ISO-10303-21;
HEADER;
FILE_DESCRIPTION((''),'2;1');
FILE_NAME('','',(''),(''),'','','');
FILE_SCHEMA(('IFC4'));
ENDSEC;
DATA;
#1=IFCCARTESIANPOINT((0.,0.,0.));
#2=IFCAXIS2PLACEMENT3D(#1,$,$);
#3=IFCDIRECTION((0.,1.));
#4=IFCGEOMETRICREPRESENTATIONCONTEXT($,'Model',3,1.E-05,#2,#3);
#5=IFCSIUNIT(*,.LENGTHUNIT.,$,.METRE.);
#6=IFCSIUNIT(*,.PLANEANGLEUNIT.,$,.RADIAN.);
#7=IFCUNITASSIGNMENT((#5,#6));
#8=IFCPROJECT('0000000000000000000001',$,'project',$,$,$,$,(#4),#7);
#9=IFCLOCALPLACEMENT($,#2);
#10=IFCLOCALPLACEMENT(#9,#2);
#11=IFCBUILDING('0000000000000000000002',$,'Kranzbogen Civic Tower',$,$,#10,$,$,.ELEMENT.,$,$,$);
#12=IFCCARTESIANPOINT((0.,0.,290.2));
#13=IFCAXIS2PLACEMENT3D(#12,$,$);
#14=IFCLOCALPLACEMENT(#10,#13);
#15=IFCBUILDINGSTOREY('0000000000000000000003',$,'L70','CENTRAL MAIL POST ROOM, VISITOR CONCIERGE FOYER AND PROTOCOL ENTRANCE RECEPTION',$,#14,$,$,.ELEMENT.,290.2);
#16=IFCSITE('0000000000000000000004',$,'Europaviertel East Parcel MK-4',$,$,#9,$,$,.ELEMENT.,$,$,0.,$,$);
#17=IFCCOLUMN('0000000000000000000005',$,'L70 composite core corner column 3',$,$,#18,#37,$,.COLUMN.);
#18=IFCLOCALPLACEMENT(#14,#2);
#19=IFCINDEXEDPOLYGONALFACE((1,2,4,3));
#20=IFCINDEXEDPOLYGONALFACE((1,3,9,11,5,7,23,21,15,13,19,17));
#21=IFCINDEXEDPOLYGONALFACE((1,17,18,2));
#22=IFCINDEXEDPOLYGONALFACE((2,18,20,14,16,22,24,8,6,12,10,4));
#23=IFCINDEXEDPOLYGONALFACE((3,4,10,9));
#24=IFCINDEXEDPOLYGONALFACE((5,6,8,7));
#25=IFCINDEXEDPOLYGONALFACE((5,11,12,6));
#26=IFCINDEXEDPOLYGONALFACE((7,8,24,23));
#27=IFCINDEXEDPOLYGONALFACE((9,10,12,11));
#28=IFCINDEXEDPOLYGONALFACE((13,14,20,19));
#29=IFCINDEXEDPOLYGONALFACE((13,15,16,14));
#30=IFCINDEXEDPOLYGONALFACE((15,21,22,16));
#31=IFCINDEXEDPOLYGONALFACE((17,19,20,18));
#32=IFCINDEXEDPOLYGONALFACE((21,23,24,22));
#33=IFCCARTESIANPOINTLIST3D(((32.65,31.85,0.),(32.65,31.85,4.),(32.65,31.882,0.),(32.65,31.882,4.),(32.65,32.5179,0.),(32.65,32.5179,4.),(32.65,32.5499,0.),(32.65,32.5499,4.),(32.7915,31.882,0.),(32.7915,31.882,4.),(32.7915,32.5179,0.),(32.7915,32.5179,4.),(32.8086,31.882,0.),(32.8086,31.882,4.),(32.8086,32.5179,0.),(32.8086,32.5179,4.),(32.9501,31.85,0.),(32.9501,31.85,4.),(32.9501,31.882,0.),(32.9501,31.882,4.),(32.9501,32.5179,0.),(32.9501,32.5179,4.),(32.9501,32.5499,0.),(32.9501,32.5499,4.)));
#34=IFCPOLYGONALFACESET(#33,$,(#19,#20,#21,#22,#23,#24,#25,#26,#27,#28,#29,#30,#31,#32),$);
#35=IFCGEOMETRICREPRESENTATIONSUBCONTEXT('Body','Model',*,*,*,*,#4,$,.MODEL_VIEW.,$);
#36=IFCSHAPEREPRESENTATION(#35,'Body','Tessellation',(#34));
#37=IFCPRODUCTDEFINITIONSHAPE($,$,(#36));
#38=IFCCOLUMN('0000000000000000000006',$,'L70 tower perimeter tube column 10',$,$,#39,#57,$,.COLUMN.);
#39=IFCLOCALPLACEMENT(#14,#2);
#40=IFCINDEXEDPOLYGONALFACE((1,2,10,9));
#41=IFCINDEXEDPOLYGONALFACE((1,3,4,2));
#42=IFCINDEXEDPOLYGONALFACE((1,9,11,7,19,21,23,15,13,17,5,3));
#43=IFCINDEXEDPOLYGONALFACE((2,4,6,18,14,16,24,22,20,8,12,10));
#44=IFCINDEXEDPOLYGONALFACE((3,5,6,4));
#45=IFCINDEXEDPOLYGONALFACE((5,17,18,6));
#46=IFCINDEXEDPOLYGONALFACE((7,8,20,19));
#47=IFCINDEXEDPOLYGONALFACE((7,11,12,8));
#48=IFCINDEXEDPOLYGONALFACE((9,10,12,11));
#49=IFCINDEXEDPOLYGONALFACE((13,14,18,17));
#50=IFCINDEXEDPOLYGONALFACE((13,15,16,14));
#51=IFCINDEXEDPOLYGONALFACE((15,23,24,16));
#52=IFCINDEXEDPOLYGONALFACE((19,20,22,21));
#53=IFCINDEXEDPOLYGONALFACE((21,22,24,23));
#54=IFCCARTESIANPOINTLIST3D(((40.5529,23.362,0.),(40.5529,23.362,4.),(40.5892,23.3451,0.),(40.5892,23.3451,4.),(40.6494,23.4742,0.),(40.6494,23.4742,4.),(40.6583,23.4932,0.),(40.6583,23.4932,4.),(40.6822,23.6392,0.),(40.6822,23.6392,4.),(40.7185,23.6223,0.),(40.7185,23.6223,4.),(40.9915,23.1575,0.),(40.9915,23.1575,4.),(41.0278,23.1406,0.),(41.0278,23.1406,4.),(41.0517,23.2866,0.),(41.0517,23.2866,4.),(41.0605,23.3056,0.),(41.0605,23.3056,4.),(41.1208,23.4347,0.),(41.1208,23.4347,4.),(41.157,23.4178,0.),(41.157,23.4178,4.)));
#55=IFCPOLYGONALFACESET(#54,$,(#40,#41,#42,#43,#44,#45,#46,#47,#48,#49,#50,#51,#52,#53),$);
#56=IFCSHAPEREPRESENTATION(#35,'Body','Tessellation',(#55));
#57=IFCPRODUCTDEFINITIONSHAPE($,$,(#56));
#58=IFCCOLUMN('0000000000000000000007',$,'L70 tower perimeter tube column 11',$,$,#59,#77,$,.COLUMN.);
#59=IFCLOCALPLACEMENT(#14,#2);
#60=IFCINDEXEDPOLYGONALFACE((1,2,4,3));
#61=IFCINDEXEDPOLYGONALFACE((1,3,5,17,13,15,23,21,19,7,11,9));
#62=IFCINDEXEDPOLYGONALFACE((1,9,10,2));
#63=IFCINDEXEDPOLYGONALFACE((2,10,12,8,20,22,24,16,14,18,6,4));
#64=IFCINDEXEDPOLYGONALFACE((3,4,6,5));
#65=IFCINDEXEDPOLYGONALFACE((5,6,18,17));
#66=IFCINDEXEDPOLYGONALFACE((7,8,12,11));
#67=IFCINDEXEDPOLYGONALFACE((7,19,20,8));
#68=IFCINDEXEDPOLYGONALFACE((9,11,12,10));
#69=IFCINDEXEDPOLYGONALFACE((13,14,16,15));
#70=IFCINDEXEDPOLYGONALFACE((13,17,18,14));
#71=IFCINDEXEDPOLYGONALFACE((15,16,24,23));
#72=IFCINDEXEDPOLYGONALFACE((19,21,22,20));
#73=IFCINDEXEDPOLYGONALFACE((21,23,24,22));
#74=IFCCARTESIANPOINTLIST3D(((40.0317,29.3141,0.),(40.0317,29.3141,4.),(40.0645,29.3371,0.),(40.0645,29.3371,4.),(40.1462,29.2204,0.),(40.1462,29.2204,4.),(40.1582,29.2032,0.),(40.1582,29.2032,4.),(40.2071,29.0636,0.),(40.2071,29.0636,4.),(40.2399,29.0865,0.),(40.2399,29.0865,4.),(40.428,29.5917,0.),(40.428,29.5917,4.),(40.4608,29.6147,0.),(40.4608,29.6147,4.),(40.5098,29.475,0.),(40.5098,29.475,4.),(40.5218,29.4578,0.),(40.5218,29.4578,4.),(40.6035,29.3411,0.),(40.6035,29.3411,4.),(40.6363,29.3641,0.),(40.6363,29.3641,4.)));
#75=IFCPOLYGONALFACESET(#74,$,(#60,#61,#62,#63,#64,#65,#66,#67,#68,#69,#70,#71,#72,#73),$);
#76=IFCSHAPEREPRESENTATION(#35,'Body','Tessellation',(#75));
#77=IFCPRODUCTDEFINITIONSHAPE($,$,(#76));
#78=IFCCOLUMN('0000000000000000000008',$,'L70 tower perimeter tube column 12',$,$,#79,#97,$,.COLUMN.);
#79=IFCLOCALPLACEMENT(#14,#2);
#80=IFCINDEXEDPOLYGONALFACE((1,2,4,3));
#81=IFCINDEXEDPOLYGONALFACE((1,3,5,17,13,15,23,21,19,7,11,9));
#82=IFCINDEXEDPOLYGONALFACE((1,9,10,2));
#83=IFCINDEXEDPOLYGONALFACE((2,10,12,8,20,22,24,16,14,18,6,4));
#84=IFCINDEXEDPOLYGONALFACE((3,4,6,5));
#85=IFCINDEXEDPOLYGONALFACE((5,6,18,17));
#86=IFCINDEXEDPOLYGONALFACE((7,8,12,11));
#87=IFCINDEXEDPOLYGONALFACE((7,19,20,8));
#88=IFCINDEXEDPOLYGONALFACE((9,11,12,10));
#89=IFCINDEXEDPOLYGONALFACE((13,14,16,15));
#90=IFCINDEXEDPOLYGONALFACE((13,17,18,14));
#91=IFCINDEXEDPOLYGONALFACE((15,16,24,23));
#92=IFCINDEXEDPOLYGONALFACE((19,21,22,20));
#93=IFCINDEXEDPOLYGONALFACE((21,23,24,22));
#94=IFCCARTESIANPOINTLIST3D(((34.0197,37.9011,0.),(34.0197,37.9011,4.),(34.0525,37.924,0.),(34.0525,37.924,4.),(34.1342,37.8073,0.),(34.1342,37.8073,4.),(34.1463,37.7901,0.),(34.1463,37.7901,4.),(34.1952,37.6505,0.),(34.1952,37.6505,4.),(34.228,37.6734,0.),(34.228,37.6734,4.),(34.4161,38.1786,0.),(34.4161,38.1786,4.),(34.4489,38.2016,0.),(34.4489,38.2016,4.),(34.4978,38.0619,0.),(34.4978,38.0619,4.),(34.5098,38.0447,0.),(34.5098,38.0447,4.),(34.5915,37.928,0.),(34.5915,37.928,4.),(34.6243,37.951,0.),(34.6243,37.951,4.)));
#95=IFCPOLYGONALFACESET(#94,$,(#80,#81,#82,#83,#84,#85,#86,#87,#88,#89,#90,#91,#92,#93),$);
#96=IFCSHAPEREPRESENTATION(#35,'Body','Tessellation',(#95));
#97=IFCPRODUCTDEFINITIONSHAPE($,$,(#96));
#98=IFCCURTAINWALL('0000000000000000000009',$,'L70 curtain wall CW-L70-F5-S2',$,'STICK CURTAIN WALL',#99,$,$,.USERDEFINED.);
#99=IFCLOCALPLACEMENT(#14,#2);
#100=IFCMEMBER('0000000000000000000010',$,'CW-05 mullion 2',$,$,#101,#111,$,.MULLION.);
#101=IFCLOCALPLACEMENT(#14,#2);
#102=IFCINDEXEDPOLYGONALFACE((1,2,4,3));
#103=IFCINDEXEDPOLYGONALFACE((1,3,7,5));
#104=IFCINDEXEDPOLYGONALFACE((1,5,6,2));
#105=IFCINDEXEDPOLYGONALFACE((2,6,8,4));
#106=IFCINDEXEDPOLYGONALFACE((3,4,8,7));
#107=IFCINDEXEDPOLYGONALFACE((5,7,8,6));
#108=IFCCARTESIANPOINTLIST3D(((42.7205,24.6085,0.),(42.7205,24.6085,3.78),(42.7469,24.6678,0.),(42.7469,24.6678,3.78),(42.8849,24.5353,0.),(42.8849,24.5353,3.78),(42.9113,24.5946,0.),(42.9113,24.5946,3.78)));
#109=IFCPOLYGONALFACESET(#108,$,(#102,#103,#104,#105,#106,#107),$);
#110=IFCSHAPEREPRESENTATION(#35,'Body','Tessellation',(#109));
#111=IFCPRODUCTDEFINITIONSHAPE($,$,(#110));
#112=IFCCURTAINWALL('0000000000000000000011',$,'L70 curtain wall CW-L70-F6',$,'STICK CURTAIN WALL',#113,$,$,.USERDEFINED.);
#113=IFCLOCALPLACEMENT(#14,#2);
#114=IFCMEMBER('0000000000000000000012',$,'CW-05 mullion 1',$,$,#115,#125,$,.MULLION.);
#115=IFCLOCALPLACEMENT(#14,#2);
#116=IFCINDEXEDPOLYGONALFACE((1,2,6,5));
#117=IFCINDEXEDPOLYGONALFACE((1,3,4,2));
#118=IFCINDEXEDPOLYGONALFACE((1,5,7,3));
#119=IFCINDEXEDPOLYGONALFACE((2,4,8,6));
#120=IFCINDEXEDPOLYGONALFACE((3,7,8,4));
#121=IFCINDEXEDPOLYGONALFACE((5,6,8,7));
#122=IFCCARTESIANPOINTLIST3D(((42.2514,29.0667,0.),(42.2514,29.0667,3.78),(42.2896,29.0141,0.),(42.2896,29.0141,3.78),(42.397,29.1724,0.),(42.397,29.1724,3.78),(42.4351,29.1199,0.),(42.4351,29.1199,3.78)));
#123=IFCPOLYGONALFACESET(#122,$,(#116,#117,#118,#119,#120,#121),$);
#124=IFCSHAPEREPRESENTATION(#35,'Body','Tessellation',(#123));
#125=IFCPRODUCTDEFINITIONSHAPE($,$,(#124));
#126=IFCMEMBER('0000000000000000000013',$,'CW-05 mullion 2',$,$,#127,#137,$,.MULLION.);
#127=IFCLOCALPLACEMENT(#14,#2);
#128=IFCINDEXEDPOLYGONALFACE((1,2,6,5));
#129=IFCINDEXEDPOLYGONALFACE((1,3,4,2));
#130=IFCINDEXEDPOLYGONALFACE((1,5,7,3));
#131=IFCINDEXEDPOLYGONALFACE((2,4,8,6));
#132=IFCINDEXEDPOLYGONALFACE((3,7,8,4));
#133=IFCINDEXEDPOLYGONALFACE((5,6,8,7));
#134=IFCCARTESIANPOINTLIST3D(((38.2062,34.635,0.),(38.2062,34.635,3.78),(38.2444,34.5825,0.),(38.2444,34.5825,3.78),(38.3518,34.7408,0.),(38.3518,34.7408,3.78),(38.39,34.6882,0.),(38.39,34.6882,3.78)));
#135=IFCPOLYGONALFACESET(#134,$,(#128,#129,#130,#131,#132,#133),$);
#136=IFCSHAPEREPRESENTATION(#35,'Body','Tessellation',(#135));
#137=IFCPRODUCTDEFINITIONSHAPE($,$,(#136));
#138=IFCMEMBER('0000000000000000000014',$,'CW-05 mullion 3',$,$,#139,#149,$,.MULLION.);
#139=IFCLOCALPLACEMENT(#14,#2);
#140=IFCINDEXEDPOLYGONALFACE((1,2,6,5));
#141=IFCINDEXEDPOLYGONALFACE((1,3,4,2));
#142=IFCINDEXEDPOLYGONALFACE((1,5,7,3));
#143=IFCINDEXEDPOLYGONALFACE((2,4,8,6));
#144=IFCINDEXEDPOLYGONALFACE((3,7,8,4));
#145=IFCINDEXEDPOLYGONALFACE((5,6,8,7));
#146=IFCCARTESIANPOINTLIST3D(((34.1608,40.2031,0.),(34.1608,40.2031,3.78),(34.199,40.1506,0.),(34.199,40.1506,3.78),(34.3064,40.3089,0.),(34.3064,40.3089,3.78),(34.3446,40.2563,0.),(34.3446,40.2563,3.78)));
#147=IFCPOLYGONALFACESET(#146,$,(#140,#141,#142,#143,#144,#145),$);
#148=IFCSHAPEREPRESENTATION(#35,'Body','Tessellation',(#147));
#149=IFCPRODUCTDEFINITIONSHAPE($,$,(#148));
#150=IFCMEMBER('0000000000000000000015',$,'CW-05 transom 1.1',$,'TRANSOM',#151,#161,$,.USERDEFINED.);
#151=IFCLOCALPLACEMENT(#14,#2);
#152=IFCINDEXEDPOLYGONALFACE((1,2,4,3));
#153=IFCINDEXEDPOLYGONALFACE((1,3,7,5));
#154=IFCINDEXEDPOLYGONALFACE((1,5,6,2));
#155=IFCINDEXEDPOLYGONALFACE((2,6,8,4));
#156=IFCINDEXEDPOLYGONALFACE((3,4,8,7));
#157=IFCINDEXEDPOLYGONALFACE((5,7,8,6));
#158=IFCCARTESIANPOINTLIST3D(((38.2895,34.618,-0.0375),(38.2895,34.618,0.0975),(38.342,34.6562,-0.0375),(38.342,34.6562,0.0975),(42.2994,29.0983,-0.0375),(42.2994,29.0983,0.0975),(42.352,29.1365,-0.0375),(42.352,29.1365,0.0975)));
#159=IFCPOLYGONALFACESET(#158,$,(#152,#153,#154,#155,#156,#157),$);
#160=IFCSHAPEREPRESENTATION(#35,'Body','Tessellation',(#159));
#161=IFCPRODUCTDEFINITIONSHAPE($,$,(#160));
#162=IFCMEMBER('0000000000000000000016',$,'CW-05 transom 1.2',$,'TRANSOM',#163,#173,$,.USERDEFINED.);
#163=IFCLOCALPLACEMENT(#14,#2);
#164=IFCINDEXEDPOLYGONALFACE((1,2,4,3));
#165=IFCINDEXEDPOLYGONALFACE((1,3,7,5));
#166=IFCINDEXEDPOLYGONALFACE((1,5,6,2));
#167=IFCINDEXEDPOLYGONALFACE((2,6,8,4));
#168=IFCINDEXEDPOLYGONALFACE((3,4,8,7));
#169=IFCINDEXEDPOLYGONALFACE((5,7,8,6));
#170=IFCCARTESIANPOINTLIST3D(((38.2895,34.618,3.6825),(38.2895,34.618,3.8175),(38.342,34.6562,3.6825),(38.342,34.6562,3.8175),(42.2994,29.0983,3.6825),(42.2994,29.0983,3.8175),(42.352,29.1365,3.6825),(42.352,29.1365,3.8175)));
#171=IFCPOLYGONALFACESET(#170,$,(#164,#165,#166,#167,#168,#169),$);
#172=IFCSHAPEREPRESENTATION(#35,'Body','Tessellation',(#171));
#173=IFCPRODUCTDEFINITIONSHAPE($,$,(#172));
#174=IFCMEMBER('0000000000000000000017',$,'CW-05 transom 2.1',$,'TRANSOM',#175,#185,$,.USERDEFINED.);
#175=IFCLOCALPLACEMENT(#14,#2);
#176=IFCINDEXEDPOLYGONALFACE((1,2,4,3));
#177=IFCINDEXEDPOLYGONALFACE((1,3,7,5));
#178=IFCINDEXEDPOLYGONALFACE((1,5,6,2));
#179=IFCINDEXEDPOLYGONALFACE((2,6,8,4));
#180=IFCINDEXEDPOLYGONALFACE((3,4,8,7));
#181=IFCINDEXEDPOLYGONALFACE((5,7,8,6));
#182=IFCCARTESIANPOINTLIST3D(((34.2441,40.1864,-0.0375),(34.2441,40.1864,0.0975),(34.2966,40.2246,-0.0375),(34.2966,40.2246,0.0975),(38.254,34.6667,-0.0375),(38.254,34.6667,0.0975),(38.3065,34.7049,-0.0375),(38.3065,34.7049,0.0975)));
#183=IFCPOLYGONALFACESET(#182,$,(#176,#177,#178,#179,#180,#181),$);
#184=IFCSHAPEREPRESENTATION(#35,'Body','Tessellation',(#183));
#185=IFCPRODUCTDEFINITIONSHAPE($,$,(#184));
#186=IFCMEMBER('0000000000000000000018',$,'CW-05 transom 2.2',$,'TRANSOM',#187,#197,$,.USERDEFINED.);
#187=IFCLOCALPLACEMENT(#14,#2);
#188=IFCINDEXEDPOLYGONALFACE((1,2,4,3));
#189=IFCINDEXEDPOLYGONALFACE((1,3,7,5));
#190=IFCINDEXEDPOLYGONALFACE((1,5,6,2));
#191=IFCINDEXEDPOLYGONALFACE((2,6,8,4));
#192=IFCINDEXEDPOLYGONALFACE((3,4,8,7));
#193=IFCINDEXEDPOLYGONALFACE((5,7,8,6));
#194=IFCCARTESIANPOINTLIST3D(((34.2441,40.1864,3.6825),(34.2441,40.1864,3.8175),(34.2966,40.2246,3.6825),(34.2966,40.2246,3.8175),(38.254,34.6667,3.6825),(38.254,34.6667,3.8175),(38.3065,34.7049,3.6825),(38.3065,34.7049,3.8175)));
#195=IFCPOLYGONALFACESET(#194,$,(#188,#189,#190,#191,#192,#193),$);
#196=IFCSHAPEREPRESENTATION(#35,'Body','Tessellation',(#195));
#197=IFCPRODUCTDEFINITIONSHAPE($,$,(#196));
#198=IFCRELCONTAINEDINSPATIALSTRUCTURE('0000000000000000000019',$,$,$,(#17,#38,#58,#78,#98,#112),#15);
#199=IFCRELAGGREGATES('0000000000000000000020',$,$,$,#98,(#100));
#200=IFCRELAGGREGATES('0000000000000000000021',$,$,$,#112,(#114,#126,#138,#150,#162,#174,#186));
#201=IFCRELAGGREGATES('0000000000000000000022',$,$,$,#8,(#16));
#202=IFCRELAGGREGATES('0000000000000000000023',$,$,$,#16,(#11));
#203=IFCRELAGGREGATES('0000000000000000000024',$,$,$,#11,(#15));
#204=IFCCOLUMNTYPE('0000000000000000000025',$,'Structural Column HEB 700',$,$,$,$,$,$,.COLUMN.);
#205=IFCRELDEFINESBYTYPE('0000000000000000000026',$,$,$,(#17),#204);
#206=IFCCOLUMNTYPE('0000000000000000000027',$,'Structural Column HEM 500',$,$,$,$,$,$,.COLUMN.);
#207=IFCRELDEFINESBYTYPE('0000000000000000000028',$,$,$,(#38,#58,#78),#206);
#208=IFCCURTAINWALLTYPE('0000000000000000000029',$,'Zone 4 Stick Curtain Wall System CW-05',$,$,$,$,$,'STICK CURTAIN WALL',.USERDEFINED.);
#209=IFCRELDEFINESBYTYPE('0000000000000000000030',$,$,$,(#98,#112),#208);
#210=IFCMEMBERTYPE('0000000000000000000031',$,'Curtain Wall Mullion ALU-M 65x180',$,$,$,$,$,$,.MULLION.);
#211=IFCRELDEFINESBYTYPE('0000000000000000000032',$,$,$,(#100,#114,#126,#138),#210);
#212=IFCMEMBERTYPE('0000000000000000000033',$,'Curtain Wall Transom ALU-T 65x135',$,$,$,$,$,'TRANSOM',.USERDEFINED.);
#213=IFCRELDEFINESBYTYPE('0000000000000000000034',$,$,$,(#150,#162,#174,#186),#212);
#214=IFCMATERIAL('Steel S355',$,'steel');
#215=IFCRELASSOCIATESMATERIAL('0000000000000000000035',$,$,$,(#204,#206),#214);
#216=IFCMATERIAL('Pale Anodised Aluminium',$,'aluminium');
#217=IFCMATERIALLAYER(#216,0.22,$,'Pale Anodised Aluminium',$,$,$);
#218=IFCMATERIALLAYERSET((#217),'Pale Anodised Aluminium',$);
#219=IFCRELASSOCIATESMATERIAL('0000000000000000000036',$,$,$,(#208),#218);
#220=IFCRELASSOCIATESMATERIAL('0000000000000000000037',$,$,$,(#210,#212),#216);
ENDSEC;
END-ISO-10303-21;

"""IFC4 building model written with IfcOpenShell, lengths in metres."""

from ifc_helpers import new_model, si_unit, direction, frame, origin, origin_2d, place, context, subcontext, project, spatial, rectangle, i_section, extrude, material, layer, layer_set, material_profile, profile_set, type_object, element, aggregate, save


model = new_model("IFC4")

# Units and contexts
model_context = context("Model", 3, precision=1e-05, world=origin(), true_north=direction((0.0, 1.0)))
body_context = subcontext(model_context, "Body", "Model", "MODEL_VIEW")
ifc_project = project(units=[si_unit("LENGTHUNIT", "METRE"), si_unit("PLANEANGLEUNIT", "RADIAN")], contexts=[model_context])

# Site, building, storey
site_placement = place(None, origin())
site = spatial("IfcSite", under=ifc_project, at=site_placement, Name="Europaviertel East Parcel MK-4", CompositionType="ELEMENT", RefElevation=0.0)
building_placement = place(site_placement, origin())
building = spatial("IfcBuilding", under=site, at=building_placement, Name="Kranzbogen Civic Tower", CompositionType="ELEMENT")
storey_placement = place(building_placement, frame((0.0, 0.0, 290.2)))
storey = spatial("IfcBuildingStorey", under=building, at=storey_placement, Name="L70", Description="CENTRAL MAIL POST ROOM, VISITOR CONCIERGE FOYER AND PROTOCOL ENTRANCE RECEPTION", CompositionType="ELEMENT", Elevation=290.2)

# Columns
ifc_material_1 = material(Name="Steel S355", Category="steel")
ifc_material_profile_1 = material_profile(ifc_material_1, i_section(OverallWidth=0.3, OverallDepth=0.7, WebThickness=0.0171, FlangeThickness=0.032, at=origin_2d()), Name="HEB 700")
ifc_profile_set_1 = profile_set([ifc_material_profile_1], Name="Steel S355")
column_type_1 = type_object("IfcColumnType", Name="Structural Column HEB 700", PredefinedType="COLUMN", material=ifc_profile_set_1)
column_placement = place(storey_placement, frame((32.8, 32.2, 0.0), z_axis=(0.0, 0.0, 1.0), x_axis=(1.0, 0.0, 0.0)))
element("IfcColumn", 1, at=column_placement, inside=storey, type_object=column_type_1, Name="L70 composite core corner column 3", PredefinedType="COLUMN", context=body_context, shape_type="SweptSolid", body=[
    extrude(i_section(OverallWidth=0.3, OverallDepth=0.7, WebThickness=0.0171, FlangeThickness=0.032, at=origin_2d()), origin(), (0.0, 0.0, 1.0), 4.0),
])
ifc_material_profile_2 = material_profile(ifc_material_1, i_section(OverallWidth=0.3059, OverallDepth=0.5239, WebThickness=0.021, FlangeThickness=0.04, at=origin_2d()), Name="HEM 500")
ifc_profile_set_2 = profile_set([ifc_material_profile_2], Name="Steel S355")
column_type_2 = type_object("IfcColumnType", Name="Structural Column HEM 500", PredefinedType="COLUMN", material=ifc_profile_set_2)
for number, where, z_axis, x_axis, name in (
    (2, (40.855, 23.3899, 0.0), (0.0, 0.0, 1.0), (0.422618, 0.906308, 0.0), "L70 tower perimeter tube column 10"),
    (3, (40.334, 29.3391, 0.0), (0.0, 0.0, 1.0), (-0.573576, 0.819152, 0.0), "L70 tower perimeter tube column 11"),
    (4, (34.322, 37.926, 0.0), (0.0, 0.0, 1.0), (-0.573576, 0.819152, 0.0), "L70 tower perimeter tube column 12"),
):
    element("IfcColumn", number, at=place(storey_placement, frame(where, z_axis=z_axis, x_axis=x_axis)), inside=storey, type_object=column_type_2, Name=name, PredefinedType="COLUMN", context=body_context, shape_type="SweptSolid", body=[
        extrude(i_section(OverallWidth=0.3059, OverallDepth=0.5239, WebThickness=0.021, FlangeThickness=0.04, at=origin_2d()), origin(), (0.0, 0.0, 1.0), 4.0),
    ])

# Curtain wall, member
ifc_material_2 = material(Name="Pale Anodised Aluminium", Category="aluminium")
ifc_layer_1 = layer(ifc_material_2, 0.22, Name="Pale Anodised Aluminium")
ifc_layer_set_1 = layer_set([ifc_layer_1], Name="Pale Anodised Aluminium")
curtain_wall_type = type_object("IfcCurtainWallType", Name="Zone 4 Stick Curtain Wall System CW-05", ElementType="STICK CURTAIN WALL", PredefinedType="USERDEFINED", material=ifc_layer_set_1)
curtain_wall_1_placement = place(storey_placement, origin())
curtain_wall_1 = element("IfcCurtainWall", 5, at=curtain_wall_1_placement, inside=storey, type_object=curtain_wall_type, Name="L70 curtain wall CW-L70-F5-S2", ObjectType="STICK CURTAIN WALL", PredefinedType="USERDEFINED")
ifc_material_profile_3 = material_profile(ifc_material_2, rectangle(XDim=0.0649, YDim=0.1799, at=origin_2d()), Name="ALU-M 65x180")
ifc_profile_set_3 = profile_set([ifc_material_profile_3], Name="Pale Anodised Aluminium")
member_type_1 = type_object("IfcMemberType", Name="Curtain Wall Mullion ALU-M 65x180", PredefinedType="MULLION", material=ifc_profile_set_3)
member_1_placement = place(storey_placement, frame((42.8159, 24.6016, 0.0), z_axis=(0.0, 0.0, 1.0), x_axis=(0.406707, 0.913559, 0.0)))
member_1 = element("IfcMember", 6, at=member_1_placement, type_object=member_type_1, Name="CW-05 mullion 2", PredefinedType="MULLION", context=body_context, shape_type="SweptSolid", body=[
    extrude(rectangle(XDim=0.0649, YDim=0.1799, at=origin_2d()), origin(), (0.0, 0.0, 1.0), 3.78),
])
aggregate(curtain_wall_1, [member_1])

# Curtain wall, members
curtain_wall_2_placement = place(storey_placement, origin())
curtain_wall_2 = element("IfcCurtainWall", 7, at=curtain_wall_2_placement, inside=storey, type_object=curtain_wall_type, Name="L70 curtain wall CW-L70-F6", ObjectType="STICK CURTAIN WALL", PredefinedType="USERDEFINED")
member_2_placement = place(storey_placement, frame((42.3433, 29.0933, 0.0), z_axis=(0.0, 0.0, 1.0), x_axis=(-0.587767, 0.80903, 0.0)))
member_2 = element("IfcMember", 8, at=member_2_placement, type_object=member_type_1, Name="CW-05 mullion 1", PredefinedType="MULLION", context=body_context, shape_type="SweptSolid", body=[
    extrude(rectangle(XDim=0.0649, YDim=0.1799, at=origin_2d()), origin(), (0.0, 0.0, 1.0), 3.78),
])
member_3_placement = place(storey_placement, frame((38.2981, 34.6616, 0.0), z_axis=(0.0, 0.0, 1.0), x_axis=(-0.587767, 0.80903, 0.0)))
member_3 = element("IfcMember", 9, at=member_3_placement, type_object=member_type_1, Name="CW-05 mullion 2", PredefinedType="MULLION", context=body_context, shape_type="SweptSolid", body=[
    extrude(rectangle(XDim=0.0649, YDim=0.1799, at=origin_2d()), origin(), (0.0, 0.0, 1.0), 3.78),
])
member_4_placement = place(storey_placement, frame((34.2527, 40.2297, 0.0), z_axis=(0.0, 0.0, 1.0), x_axis=(-0.587767, 0.80903, 0.0)))
member_4 = element("IfcMember", 10, at=member_4_placement, type_object=member_type_1, Name="CW-05 mullion 3", PredefinedType="MULLION", context=body_context, shape_type="SweptSolid", body=[
    extrude(rectangle(XDim=0.0649, YDim=0.1799, at=origin_2d()), origin(), (0.0, 0.0, 1.0), 3.78),
])
ifc_material_profile_4 = material_profile(ifc_material_2, rectangle(XDim=0.0649, YDim=0.135, at=origin_2d()), Name="ALU-T 65x135")
ifc_profile_set_4 = profile_set([ifc_material_profile_4], Name="Pale Anodised Aluminium")
member_type_2 = type_object("IfcMemberType", Name="Curtain Wall Transom ALU-T 65x135", ElementType="TRANSOM", PredefinedType="USERDEFINED", material=ifc_profile_set_4)
member_5_placement = place(storey_placement, frame((42.3257, 29.1174, 0.03), z_axis=(-0.587752, 0.809041, 0.0), x_axis=(-0.809041, -0.587752, 0.0)))
member_5 = element("IfcMember", 11, at=member_5_placement, type_object=member_type_2, Name="CW-05 transom 1.1", ObjectType="TRANSOM", PredefinedType="USERDEFINED", context=body_context, shape_type="SweptSolid", body=[
    extrude(rectangle(XDim=0.0649, YDim=0.135, at=origin_2d()), origin(), (0.0, 0.0, 1.0), 6.8225),
])
member_6_placement = place(storey_placement, frame((42.3257, 29.1174, 3.75), z_axis=(-0.587752, 0.809041, 0.0), x_axis=(-0.809041, -0.587752, 0.0)))
member_6 = element("IfcMember", 12, at=member_6_placement, type_object=member_type_2, Name="CW-05 transom 1.2", ObjectType="TRANSOM", PredefinedType="USERDEFINED", context=body_context, shape_type="SweptSolid", body=[
    extrude(rectangle(XDim=0.0649, YDim=0.135, at=origin_2d()), origin(), (0.0, 0.0, 1.0), 6.8225),
])
member_7_placement = place(storey_placement, frame((38.2803, 34.6858, 0.03), z_axis=(-0.587752, 0.809041, 0.0), x_axis=(-0.809041, -0.587752, 0.0)))
member_7 = element("IfcMember", 13, at=member_7_placement, type_object=member_type_2, Name="CW-05 transom 2.1", ObjectType="TRANSOM", PredefinedType="USERDEFINED", context=body_context, shape_type="SweptSolid", body=[
    extrude(rectangle(XDim=0.0649, YDim=0.135, at=origin_2d()), origin(), (0.0, 0.0, 1.0), 6.8225),
])
member_8_placement = place(storey_placement, frame((38.2803, 34.6858, 3.75), z_axis=(-0.587752, 0.809041, 0.0), x_axis=(-0.809041, -0.587752, 0.0)))
member_8 = element("IfcMember", 14, at=member_8_placement, type_object=member_type_2, Name="CW-05 transom 2.2", ObjectType="TRANSOM", PredefinedType="USERDEFINED", context=body_context, shape_type="SweptSolid", body=[
    extrude(rectangle(XDim=0.0649, YDim=0.135, at=origin_2d()), origin(), (0.0, 0.0, 1.0), 6.8225),
])

aggregate(curtain_wall_2, [member_2, member_3, member_4, member_5, member_6, member_7, member_8])

save(model, "model.ifc")
